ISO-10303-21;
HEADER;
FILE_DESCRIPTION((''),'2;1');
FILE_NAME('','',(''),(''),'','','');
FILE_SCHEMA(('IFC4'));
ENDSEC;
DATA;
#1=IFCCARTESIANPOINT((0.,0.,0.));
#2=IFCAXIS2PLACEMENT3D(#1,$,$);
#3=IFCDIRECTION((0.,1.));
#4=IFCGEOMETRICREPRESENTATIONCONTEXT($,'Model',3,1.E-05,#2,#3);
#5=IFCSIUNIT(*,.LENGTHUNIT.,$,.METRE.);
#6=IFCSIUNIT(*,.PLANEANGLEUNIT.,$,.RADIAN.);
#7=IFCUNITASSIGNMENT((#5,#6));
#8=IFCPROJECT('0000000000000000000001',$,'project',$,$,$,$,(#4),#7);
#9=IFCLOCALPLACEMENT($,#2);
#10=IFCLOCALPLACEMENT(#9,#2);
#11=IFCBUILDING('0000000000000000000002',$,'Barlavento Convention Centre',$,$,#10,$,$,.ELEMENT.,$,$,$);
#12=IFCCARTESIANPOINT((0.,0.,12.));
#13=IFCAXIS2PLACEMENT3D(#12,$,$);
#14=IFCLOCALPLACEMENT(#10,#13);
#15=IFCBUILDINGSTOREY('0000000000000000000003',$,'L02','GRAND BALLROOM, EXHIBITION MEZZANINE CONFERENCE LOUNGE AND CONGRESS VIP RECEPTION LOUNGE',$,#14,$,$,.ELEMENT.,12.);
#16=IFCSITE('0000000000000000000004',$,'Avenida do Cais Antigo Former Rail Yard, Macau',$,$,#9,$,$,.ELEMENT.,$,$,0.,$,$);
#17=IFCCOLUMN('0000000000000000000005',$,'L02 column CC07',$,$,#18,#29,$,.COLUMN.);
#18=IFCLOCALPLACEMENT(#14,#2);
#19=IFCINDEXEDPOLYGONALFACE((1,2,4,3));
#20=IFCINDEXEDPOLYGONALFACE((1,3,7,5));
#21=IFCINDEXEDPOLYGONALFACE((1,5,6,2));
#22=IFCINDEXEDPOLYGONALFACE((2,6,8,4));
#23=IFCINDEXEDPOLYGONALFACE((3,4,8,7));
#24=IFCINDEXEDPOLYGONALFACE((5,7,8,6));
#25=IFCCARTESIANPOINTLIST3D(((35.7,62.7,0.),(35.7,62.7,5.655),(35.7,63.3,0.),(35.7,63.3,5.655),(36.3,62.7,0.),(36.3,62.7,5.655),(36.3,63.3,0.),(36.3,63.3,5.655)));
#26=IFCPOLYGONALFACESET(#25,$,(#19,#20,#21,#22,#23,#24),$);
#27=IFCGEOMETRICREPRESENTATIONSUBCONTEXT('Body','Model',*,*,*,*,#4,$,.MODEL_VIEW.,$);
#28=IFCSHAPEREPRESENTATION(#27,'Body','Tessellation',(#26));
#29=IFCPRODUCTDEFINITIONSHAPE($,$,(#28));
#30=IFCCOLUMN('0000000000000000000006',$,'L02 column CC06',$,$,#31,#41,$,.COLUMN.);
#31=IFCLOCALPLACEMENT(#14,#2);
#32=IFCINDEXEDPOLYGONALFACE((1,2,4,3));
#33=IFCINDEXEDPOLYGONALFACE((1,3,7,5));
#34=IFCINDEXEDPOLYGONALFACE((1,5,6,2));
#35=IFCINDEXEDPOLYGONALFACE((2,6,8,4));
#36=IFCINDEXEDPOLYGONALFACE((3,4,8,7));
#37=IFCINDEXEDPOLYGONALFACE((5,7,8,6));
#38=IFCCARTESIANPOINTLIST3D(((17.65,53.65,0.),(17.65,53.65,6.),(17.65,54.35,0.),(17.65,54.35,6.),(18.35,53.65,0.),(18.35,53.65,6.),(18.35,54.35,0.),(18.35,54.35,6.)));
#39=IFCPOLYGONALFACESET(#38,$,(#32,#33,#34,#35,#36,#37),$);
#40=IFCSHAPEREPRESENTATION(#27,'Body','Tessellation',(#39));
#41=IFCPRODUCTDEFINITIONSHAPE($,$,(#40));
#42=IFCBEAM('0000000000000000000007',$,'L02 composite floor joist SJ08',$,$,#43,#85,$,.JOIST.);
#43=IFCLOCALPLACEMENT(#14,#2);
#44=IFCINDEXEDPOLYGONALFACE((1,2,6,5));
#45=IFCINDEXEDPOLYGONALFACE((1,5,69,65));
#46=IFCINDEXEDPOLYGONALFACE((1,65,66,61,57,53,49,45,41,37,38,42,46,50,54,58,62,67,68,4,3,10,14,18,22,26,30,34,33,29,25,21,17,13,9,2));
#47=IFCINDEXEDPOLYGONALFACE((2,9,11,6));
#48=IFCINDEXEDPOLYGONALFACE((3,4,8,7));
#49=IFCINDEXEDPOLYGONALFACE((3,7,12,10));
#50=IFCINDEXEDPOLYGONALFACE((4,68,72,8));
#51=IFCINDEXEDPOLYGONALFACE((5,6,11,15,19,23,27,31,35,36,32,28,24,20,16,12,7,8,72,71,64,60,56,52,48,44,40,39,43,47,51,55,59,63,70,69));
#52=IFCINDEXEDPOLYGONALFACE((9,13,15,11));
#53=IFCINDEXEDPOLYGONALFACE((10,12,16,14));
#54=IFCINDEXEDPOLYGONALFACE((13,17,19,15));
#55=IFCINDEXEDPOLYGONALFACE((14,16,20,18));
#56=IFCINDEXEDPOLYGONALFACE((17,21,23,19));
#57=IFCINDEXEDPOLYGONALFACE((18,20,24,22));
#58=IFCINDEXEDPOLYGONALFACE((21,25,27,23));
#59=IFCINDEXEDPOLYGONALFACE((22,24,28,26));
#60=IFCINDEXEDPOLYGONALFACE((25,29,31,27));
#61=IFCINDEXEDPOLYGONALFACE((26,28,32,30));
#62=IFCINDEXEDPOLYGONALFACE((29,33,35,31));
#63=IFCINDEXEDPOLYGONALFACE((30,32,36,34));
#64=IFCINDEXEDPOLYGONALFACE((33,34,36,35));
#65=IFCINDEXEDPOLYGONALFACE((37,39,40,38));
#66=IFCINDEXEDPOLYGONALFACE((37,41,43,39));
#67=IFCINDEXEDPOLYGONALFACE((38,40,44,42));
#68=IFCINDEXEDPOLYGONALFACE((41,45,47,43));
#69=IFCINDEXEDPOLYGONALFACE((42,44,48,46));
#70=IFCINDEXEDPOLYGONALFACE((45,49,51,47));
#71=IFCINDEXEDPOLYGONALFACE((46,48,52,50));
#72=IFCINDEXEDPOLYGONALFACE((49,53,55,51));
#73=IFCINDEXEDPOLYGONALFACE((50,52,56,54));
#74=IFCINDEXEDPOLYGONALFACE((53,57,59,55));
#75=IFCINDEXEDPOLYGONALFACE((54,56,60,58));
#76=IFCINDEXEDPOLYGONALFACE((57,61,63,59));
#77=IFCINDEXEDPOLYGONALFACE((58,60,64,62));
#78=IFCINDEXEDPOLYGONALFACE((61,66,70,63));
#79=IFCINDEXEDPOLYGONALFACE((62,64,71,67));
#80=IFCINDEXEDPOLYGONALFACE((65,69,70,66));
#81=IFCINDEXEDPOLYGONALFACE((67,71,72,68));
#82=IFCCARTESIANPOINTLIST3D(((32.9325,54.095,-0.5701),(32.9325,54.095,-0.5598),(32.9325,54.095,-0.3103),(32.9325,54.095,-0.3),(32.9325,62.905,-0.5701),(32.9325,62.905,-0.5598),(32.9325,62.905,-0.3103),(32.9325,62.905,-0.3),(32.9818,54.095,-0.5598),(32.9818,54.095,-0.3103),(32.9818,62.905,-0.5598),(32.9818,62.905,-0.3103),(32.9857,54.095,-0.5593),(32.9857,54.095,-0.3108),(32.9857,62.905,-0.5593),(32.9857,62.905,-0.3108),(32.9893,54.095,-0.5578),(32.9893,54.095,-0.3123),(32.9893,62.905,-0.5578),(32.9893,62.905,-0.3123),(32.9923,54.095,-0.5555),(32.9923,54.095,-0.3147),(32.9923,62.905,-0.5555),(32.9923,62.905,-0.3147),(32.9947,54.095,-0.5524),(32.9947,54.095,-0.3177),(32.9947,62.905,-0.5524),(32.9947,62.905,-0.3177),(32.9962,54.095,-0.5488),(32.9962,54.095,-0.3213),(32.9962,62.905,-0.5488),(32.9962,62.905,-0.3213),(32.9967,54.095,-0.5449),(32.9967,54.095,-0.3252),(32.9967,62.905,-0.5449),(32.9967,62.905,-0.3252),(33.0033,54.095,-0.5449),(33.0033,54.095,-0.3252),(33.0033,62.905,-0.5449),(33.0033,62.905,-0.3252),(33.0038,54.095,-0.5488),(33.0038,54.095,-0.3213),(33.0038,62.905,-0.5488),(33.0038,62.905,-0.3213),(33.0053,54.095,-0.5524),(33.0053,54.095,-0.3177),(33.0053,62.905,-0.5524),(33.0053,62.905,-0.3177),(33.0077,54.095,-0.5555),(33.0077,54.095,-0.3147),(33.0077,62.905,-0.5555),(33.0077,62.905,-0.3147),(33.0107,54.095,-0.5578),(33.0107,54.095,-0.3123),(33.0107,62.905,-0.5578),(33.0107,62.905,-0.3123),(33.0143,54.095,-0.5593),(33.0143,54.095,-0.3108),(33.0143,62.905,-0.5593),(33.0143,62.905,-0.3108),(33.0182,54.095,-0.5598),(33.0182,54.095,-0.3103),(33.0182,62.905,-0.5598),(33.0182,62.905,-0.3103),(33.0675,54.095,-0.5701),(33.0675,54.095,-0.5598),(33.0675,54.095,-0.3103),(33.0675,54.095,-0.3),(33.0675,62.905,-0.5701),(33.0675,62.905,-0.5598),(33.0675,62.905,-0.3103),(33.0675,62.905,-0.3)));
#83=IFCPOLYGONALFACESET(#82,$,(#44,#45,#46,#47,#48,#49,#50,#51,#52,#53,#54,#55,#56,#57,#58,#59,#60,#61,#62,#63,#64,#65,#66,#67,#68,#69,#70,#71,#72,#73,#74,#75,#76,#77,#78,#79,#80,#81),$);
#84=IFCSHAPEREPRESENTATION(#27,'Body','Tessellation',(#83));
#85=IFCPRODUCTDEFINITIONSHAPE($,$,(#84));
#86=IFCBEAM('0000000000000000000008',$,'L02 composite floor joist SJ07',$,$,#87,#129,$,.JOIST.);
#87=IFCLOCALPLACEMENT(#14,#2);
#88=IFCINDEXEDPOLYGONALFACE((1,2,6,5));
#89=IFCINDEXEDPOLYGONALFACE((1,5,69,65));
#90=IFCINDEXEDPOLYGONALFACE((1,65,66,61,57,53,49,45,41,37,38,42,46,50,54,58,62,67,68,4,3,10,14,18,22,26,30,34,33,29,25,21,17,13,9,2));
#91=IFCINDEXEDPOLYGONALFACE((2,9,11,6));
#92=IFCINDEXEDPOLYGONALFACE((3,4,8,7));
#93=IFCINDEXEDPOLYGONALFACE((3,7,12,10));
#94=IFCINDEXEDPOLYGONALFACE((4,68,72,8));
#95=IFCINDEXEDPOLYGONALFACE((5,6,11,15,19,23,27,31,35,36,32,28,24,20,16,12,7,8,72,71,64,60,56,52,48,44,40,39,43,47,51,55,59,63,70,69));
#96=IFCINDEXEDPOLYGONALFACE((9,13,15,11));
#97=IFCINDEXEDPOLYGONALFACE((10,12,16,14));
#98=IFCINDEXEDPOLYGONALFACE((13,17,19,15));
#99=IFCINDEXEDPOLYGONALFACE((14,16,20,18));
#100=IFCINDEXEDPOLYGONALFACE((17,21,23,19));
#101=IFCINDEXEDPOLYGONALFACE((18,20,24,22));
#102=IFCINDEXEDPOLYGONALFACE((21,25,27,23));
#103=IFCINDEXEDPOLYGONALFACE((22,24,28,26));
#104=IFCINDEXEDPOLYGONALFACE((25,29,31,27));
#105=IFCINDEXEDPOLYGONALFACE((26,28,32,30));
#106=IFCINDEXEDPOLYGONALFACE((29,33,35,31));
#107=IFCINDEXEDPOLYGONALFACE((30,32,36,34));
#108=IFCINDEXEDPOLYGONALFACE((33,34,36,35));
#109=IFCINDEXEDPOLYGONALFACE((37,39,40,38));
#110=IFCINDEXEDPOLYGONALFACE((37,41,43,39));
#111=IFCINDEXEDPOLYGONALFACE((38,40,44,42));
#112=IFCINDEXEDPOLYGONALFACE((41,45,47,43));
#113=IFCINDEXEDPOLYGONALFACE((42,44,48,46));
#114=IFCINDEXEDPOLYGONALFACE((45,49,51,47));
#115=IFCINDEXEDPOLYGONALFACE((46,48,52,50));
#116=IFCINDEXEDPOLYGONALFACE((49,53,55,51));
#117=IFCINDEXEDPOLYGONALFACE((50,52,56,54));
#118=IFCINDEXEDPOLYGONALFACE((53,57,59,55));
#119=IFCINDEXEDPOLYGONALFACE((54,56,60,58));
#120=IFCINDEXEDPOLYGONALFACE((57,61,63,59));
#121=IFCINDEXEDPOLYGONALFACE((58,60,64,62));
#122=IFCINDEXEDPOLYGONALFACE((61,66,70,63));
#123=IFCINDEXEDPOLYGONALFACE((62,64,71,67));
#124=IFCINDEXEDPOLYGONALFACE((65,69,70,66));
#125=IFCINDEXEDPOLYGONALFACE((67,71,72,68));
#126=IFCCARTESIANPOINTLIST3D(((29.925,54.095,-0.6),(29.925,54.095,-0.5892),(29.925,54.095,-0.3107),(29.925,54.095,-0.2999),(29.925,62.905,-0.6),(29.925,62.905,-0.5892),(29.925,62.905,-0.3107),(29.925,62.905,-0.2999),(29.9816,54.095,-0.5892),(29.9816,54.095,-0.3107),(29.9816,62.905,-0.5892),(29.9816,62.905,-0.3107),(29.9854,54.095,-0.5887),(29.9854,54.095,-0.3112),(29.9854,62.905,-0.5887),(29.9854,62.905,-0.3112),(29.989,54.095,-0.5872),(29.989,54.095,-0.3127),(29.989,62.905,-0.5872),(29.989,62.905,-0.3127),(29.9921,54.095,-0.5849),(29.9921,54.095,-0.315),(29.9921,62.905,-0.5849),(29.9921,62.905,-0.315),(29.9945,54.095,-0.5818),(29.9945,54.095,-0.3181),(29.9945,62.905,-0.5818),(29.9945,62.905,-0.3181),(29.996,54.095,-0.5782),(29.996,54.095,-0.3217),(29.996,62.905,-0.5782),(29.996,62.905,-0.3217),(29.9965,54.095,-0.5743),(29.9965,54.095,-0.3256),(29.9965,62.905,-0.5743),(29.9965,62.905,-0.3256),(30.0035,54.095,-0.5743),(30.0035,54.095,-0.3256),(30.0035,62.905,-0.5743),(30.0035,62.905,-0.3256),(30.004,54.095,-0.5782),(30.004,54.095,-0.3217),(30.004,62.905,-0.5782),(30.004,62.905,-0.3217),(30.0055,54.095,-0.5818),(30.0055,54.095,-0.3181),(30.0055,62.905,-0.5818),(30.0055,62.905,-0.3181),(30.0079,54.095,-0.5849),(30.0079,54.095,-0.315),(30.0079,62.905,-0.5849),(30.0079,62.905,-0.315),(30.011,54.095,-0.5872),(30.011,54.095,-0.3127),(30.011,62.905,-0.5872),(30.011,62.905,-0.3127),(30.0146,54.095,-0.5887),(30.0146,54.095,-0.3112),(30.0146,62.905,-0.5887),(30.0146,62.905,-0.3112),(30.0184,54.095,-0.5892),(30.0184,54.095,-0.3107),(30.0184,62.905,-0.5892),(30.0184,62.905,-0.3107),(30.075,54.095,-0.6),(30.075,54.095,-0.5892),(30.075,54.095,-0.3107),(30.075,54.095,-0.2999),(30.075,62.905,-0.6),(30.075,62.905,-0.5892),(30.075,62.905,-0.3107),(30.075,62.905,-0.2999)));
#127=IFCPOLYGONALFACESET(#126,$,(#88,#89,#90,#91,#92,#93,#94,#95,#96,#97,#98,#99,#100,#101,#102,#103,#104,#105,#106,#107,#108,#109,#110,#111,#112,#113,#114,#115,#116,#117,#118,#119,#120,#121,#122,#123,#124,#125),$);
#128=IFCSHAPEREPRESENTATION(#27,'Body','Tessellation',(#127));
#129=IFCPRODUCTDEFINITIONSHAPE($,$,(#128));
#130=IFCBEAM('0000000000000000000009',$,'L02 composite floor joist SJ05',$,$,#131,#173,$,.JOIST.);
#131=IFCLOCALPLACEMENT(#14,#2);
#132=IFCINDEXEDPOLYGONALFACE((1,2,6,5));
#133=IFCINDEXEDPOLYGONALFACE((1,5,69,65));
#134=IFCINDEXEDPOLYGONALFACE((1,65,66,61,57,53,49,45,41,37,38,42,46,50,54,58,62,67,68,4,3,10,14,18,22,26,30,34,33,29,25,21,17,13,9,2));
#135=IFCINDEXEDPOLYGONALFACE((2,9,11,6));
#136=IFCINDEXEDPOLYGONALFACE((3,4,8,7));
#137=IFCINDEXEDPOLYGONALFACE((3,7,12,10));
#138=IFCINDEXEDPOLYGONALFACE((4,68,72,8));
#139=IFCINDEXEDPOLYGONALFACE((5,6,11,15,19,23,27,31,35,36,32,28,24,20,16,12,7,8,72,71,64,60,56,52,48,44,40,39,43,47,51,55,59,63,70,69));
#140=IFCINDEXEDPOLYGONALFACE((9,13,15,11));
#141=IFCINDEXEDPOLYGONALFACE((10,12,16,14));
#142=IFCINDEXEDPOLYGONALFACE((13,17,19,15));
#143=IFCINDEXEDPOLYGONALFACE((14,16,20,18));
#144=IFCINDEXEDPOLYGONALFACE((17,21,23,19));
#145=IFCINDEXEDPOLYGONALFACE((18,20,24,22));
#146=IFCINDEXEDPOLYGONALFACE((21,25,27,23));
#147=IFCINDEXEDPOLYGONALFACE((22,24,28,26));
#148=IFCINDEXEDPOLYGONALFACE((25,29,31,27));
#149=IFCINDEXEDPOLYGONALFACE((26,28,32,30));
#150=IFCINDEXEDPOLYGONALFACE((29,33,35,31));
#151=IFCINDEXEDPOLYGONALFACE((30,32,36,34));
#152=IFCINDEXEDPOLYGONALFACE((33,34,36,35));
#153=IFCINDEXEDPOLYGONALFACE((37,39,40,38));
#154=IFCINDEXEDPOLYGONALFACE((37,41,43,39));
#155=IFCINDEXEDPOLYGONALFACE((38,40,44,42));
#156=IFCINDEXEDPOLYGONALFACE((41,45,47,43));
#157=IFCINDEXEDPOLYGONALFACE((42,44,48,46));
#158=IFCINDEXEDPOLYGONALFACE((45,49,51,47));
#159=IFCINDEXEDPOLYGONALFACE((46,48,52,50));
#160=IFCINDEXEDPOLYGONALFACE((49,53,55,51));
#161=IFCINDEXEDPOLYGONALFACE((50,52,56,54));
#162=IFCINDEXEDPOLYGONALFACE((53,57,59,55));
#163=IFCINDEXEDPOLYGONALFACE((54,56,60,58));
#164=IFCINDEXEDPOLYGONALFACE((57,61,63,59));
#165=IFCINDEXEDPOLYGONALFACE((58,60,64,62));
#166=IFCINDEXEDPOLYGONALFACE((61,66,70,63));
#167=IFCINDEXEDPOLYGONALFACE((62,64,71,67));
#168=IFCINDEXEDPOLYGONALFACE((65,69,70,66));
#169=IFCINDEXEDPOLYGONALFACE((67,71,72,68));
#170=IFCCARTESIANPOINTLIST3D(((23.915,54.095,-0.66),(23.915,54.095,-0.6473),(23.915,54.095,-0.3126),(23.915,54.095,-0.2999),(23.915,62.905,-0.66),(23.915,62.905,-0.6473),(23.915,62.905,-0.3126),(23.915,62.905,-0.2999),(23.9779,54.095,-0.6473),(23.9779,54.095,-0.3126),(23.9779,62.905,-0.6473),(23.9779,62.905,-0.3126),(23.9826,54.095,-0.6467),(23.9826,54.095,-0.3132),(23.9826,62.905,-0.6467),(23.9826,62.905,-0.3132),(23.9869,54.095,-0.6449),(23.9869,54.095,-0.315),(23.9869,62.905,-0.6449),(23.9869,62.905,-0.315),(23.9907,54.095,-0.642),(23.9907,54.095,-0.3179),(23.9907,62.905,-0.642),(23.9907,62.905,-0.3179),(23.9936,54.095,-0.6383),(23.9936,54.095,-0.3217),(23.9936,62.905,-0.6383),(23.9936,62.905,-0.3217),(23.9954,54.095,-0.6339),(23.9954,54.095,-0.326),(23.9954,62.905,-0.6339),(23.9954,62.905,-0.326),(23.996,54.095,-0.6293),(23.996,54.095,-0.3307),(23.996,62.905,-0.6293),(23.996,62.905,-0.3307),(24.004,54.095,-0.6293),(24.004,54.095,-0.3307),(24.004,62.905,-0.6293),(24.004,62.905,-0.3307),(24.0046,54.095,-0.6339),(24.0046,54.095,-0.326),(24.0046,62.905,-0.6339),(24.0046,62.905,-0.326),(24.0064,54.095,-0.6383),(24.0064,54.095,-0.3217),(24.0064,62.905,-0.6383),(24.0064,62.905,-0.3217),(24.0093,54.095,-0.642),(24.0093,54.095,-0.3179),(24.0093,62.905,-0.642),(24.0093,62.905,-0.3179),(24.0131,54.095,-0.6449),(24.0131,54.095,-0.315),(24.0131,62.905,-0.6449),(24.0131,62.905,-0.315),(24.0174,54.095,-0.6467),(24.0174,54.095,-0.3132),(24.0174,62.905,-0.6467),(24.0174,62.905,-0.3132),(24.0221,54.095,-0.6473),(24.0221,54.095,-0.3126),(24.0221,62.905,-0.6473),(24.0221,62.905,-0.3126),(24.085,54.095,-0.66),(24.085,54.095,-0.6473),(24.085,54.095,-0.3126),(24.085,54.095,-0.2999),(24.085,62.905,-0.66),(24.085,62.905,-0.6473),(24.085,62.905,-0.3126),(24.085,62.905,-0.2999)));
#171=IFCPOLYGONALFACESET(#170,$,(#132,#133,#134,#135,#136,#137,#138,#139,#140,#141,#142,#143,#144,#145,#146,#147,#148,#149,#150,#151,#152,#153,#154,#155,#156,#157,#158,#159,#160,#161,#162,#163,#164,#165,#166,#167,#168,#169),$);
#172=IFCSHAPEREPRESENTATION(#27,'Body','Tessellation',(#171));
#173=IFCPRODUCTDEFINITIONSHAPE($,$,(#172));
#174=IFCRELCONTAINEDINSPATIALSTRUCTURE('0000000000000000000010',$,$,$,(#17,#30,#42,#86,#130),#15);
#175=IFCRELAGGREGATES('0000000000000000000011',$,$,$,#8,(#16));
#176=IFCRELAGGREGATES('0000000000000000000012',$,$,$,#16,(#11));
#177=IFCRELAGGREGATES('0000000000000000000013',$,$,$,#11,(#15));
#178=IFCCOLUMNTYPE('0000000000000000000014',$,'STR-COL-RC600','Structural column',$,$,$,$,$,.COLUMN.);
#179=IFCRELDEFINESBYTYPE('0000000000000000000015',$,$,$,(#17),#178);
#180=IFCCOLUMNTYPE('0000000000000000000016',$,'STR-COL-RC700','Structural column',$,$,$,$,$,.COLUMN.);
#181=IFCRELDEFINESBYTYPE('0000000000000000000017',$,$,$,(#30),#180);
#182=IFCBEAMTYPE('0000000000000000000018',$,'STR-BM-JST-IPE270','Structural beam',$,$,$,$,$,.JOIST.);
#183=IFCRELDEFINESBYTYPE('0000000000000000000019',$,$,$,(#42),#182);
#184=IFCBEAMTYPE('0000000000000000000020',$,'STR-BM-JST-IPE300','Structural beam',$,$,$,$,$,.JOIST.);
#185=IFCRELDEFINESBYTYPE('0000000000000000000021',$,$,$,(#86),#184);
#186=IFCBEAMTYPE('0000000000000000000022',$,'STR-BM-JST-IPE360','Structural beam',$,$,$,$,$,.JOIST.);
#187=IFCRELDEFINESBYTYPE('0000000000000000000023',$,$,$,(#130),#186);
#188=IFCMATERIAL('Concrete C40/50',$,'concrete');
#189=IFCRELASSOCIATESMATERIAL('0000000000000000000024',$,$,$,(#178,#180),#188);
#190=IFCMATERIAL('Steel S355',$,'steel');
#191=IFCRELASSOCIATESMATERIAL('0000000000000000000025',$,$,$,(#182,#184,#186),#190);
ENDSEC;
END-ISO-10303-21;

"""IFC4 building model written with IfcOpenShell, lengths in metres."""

from ifc_helpers import new_model, si_unit, direction, frame, origin, origin_2d, place, context, subcontext, project, spatial, rectangle, i_section, extrude, material, material_profile, profile_set, type_object, element, save


model = new_model("IFC4")

# Units and contexts
model_context = context("Model", 3, precision=1e-05, world=origin(), true_north=direction((0.0, 1.0)))
body_context = subcontext(model_context, "Body", "Model", "MODEL_VIEW")
ifc_project = project(units=[si_unit("LENGTHUNIT", "METRE"), si_unit("PLANEANGLEUNIT", "RADIAN")], contexts=[model_context])

# Site, building, storey
site_placement = place(None, origin())
site = spatial("IfcSite", under=ifc_project, at=site_placement, Name="Avenida do Cais Antigo Former Rail Yard, Macau", CompositionType="ELEMENT", RefElevation=0.0)
building_placement = place(site_placement, origin())
building = spatial("IfcBuilding", under=site, at=building_placement, Name="Barlavento Convention Centre", CompositionType="ELEMENT")
storey_placement = place(building_placement, frame((0.0, 0.0, 12.0)))
storey = spatial("IfcBuildingStorey", under=building, at=storey_placement, Name="L02", Description="GRAND BALLROOM, EXHIBITION MEZZANINE CONFERENCE LOUNGE AND CONGRESS VIP RECEPTION LOUNGE", CompositionType="ELEMENT", Elevation=12.0)

# Columns
ifc_material_1 = material(Name="Steel S355", Category="steel")
ifc_material_2 = material(Name="Concrete C40/50", Category="concrete")
ifc_material_profile_1 = material_profile(ifc_material_2, rectangle(XDim=0.6001, YDim=0.6001, at=origin_2d()), Name="RC 600x600")
ifc_profile_set_1 = profile_set([ifc_material_profile_1], Name="Concrete C40/50")
column_type_1 = type_object("IfcColumnType", Name="STR-COL-RC600", Description="Structural column", PredefinedType="COLUMN", material=ifc_profile_set_1)
column_1_placement = place(storey_placement, frame((36.0, 63.0, 0.0), z_axis=(0.0, 0.0, 1.0), x_axis=(1.0, 0.0, 0.0)))
element("IfcColumn", 1, at=column_1_placement, inside=storey, type_object=column_type_1, Name="L02 column CC07", PredefinedType="COLUMN", context=body_context, shape_type="SweptSolid", body=[
    extrude(rectangle(XDim=0.6001, YDim=0.6001, at=origin_2d()), origin(), (0.0, 0.0, 1.0), 5.655),
])
ifc_material_profile_2 = material_profile(ifc_material_2, rectangle(XDim=0.7, YDim=0.7, at=origin_2d()), Name="RC 700x700")
ifc_profile_set_2 = profile_set([ifc_material_profile_2], Name="Concrete C40/50")
column_type_2 = type_object("IfcColumnType", Name="STR-COL-RC700", Description="Structural column", PredefinedType="COLUMN", material=ifc_profile_set_2)
column_2_placement = place(storey_placement, frame((18.0, 54.0, 0.0), z_axis=(0.0, 0.0, 1.0), x_axis=(1.0, 0.0, 0.0)))
element("IfcColumn", 2, at=column_2_placement, inside=storey, type_object=column_type_2, Name="L02 column CC06", PredefinedType="COLUMN", context=body_context, shape_type="SweptSolid", body=[
    extrude(rectangle(XDim=0.7, YDim=0.7, at=origin_2d()), origin(), (0.0, 0.0, 1.0), 6.0),
])

# Beams
ifc_material_profile_3 = material_profile(ifc_material_1, i_section(OverallWidth=0.135, OverallDepth=0.27, WebThickness=0.0066, FlangeThickness=0.0103, FilletRadius=0.0149, at=origin_2d()), Name="IPE 270")
ifc_profile_set_3 = profile_set([ifc_material_profile_3], Name="Steel S355")
beam_type_1 = type_object("IfcBeamType", Name="STR-BM-JST-IPE270", Description="Structural beam", PredefinedType="JOIST", material=ifc_profile_set_3)
beam_1_placement = place(storey_placement, frame((33.0, 54.095, -0.4351), z_axis=(0.0, 1.0, 0.0), x_axis=(-1.0, 0.0, 0.0)))
element("IfcBeam", 3, at=beam_1_placement, inside=storey, type_object=beam_type_1, Name="L02 composite floor joist SJ08", PredefinedType="JOIST", context=body_context, shape_type="SweptSolid", body=[
    extrude(i_section(OverallWidth=0.135, OverallDepth=0.27, WebThickness=0.0066, FlangeThickness=0.0103, FilletRadius=0.0149, at=origin_2d()), origin(), (0.0, 0.0, 1.0), 8.8101),
])
ifc_material_profile_4 = material_profile(ifc_material_1, i_section(OverallWidth=0.1499, OverallDepth=0.3, WebThickness=0.0071, FlangeThickness=0.0107, FilletRadius=0.0149, at=origin_2d()), Name="IPE 300")
ifc_profile_set_4 = profile_set([ifc_material_profile_4], Name="Steel S355")
beam_type_2 = type_object("IfcBeamType", Name="STR-BM-JST-IPE300", Description="Structural beam", PredefinedType="JOIST", material=ifc_profile_set_4)
beam_2_placement = place(storey_placement, frame((30.0, 54.095, -0.45), z_axis=(0.0, 1.0, 0.0), x_axis=(-1.0, 0.0, 0.0)))
element("IfcBeam", 4, at=beam_2_placement, inside=storey, type_object=beam_type_2, Name="L02 composite floor joist SJ07", PredefinedType="JOIST", context=body_context, shape_type="SweptSolid", body=[
    extrude(i_section(OverallWidth=0.1499, OverallDepth=0.3, WebThickness=0.0071, FlangeThickness=0.0107, FilletRadius=0.0149, at=origin_2d()), origin(), (0.0, 0.0, 1.0), 8.8101),
])
ifc_material_profile_5 = material_profile(ifc_material_1, i_section(OverallWidth=0.1699, OverallDepth=0.3601, WebThickness=0.0081, FlangeThickness=0.0127, FilletRadius=0.0181, at=origin_2d()), Name="IPE 360")
ifc_profile_set_5 = profile_set([ifc_material_profile_5], Name="Steel S355")
beam_type_3 = type_object("IfcBeamType", Name="STR-BM-JST-IPE360", Description="Structural beam", PredefinedType="JOIST", material=ifc_profile_set_5)
beam_3_placement = place(storey_placement, frame((24.0, 54.095, -0.48), z_axis=(0.0, 1.0, 0.0), x_axis=(-1.0, 0.0, 0.0)))
element("IfcBeam", 5, at=beam_3_placement, inside=storey, type_object=beam_type_3, Name="L02 composite floor joist SJ05", PredefinedType="JOIST", context=body_context, shape_type="SweptSolid", body=[
    extrude(i_section(OverallWidth=0.1699, OverallDepth=0.3601, WebThickness=0.0081, FlangeThickness=0.0127, FilletRadius=0.0181, at=origin_2d()), origin(), (0.0, 0.0, 1.0), 8.8101),
])

save(model, "model.ifc")
